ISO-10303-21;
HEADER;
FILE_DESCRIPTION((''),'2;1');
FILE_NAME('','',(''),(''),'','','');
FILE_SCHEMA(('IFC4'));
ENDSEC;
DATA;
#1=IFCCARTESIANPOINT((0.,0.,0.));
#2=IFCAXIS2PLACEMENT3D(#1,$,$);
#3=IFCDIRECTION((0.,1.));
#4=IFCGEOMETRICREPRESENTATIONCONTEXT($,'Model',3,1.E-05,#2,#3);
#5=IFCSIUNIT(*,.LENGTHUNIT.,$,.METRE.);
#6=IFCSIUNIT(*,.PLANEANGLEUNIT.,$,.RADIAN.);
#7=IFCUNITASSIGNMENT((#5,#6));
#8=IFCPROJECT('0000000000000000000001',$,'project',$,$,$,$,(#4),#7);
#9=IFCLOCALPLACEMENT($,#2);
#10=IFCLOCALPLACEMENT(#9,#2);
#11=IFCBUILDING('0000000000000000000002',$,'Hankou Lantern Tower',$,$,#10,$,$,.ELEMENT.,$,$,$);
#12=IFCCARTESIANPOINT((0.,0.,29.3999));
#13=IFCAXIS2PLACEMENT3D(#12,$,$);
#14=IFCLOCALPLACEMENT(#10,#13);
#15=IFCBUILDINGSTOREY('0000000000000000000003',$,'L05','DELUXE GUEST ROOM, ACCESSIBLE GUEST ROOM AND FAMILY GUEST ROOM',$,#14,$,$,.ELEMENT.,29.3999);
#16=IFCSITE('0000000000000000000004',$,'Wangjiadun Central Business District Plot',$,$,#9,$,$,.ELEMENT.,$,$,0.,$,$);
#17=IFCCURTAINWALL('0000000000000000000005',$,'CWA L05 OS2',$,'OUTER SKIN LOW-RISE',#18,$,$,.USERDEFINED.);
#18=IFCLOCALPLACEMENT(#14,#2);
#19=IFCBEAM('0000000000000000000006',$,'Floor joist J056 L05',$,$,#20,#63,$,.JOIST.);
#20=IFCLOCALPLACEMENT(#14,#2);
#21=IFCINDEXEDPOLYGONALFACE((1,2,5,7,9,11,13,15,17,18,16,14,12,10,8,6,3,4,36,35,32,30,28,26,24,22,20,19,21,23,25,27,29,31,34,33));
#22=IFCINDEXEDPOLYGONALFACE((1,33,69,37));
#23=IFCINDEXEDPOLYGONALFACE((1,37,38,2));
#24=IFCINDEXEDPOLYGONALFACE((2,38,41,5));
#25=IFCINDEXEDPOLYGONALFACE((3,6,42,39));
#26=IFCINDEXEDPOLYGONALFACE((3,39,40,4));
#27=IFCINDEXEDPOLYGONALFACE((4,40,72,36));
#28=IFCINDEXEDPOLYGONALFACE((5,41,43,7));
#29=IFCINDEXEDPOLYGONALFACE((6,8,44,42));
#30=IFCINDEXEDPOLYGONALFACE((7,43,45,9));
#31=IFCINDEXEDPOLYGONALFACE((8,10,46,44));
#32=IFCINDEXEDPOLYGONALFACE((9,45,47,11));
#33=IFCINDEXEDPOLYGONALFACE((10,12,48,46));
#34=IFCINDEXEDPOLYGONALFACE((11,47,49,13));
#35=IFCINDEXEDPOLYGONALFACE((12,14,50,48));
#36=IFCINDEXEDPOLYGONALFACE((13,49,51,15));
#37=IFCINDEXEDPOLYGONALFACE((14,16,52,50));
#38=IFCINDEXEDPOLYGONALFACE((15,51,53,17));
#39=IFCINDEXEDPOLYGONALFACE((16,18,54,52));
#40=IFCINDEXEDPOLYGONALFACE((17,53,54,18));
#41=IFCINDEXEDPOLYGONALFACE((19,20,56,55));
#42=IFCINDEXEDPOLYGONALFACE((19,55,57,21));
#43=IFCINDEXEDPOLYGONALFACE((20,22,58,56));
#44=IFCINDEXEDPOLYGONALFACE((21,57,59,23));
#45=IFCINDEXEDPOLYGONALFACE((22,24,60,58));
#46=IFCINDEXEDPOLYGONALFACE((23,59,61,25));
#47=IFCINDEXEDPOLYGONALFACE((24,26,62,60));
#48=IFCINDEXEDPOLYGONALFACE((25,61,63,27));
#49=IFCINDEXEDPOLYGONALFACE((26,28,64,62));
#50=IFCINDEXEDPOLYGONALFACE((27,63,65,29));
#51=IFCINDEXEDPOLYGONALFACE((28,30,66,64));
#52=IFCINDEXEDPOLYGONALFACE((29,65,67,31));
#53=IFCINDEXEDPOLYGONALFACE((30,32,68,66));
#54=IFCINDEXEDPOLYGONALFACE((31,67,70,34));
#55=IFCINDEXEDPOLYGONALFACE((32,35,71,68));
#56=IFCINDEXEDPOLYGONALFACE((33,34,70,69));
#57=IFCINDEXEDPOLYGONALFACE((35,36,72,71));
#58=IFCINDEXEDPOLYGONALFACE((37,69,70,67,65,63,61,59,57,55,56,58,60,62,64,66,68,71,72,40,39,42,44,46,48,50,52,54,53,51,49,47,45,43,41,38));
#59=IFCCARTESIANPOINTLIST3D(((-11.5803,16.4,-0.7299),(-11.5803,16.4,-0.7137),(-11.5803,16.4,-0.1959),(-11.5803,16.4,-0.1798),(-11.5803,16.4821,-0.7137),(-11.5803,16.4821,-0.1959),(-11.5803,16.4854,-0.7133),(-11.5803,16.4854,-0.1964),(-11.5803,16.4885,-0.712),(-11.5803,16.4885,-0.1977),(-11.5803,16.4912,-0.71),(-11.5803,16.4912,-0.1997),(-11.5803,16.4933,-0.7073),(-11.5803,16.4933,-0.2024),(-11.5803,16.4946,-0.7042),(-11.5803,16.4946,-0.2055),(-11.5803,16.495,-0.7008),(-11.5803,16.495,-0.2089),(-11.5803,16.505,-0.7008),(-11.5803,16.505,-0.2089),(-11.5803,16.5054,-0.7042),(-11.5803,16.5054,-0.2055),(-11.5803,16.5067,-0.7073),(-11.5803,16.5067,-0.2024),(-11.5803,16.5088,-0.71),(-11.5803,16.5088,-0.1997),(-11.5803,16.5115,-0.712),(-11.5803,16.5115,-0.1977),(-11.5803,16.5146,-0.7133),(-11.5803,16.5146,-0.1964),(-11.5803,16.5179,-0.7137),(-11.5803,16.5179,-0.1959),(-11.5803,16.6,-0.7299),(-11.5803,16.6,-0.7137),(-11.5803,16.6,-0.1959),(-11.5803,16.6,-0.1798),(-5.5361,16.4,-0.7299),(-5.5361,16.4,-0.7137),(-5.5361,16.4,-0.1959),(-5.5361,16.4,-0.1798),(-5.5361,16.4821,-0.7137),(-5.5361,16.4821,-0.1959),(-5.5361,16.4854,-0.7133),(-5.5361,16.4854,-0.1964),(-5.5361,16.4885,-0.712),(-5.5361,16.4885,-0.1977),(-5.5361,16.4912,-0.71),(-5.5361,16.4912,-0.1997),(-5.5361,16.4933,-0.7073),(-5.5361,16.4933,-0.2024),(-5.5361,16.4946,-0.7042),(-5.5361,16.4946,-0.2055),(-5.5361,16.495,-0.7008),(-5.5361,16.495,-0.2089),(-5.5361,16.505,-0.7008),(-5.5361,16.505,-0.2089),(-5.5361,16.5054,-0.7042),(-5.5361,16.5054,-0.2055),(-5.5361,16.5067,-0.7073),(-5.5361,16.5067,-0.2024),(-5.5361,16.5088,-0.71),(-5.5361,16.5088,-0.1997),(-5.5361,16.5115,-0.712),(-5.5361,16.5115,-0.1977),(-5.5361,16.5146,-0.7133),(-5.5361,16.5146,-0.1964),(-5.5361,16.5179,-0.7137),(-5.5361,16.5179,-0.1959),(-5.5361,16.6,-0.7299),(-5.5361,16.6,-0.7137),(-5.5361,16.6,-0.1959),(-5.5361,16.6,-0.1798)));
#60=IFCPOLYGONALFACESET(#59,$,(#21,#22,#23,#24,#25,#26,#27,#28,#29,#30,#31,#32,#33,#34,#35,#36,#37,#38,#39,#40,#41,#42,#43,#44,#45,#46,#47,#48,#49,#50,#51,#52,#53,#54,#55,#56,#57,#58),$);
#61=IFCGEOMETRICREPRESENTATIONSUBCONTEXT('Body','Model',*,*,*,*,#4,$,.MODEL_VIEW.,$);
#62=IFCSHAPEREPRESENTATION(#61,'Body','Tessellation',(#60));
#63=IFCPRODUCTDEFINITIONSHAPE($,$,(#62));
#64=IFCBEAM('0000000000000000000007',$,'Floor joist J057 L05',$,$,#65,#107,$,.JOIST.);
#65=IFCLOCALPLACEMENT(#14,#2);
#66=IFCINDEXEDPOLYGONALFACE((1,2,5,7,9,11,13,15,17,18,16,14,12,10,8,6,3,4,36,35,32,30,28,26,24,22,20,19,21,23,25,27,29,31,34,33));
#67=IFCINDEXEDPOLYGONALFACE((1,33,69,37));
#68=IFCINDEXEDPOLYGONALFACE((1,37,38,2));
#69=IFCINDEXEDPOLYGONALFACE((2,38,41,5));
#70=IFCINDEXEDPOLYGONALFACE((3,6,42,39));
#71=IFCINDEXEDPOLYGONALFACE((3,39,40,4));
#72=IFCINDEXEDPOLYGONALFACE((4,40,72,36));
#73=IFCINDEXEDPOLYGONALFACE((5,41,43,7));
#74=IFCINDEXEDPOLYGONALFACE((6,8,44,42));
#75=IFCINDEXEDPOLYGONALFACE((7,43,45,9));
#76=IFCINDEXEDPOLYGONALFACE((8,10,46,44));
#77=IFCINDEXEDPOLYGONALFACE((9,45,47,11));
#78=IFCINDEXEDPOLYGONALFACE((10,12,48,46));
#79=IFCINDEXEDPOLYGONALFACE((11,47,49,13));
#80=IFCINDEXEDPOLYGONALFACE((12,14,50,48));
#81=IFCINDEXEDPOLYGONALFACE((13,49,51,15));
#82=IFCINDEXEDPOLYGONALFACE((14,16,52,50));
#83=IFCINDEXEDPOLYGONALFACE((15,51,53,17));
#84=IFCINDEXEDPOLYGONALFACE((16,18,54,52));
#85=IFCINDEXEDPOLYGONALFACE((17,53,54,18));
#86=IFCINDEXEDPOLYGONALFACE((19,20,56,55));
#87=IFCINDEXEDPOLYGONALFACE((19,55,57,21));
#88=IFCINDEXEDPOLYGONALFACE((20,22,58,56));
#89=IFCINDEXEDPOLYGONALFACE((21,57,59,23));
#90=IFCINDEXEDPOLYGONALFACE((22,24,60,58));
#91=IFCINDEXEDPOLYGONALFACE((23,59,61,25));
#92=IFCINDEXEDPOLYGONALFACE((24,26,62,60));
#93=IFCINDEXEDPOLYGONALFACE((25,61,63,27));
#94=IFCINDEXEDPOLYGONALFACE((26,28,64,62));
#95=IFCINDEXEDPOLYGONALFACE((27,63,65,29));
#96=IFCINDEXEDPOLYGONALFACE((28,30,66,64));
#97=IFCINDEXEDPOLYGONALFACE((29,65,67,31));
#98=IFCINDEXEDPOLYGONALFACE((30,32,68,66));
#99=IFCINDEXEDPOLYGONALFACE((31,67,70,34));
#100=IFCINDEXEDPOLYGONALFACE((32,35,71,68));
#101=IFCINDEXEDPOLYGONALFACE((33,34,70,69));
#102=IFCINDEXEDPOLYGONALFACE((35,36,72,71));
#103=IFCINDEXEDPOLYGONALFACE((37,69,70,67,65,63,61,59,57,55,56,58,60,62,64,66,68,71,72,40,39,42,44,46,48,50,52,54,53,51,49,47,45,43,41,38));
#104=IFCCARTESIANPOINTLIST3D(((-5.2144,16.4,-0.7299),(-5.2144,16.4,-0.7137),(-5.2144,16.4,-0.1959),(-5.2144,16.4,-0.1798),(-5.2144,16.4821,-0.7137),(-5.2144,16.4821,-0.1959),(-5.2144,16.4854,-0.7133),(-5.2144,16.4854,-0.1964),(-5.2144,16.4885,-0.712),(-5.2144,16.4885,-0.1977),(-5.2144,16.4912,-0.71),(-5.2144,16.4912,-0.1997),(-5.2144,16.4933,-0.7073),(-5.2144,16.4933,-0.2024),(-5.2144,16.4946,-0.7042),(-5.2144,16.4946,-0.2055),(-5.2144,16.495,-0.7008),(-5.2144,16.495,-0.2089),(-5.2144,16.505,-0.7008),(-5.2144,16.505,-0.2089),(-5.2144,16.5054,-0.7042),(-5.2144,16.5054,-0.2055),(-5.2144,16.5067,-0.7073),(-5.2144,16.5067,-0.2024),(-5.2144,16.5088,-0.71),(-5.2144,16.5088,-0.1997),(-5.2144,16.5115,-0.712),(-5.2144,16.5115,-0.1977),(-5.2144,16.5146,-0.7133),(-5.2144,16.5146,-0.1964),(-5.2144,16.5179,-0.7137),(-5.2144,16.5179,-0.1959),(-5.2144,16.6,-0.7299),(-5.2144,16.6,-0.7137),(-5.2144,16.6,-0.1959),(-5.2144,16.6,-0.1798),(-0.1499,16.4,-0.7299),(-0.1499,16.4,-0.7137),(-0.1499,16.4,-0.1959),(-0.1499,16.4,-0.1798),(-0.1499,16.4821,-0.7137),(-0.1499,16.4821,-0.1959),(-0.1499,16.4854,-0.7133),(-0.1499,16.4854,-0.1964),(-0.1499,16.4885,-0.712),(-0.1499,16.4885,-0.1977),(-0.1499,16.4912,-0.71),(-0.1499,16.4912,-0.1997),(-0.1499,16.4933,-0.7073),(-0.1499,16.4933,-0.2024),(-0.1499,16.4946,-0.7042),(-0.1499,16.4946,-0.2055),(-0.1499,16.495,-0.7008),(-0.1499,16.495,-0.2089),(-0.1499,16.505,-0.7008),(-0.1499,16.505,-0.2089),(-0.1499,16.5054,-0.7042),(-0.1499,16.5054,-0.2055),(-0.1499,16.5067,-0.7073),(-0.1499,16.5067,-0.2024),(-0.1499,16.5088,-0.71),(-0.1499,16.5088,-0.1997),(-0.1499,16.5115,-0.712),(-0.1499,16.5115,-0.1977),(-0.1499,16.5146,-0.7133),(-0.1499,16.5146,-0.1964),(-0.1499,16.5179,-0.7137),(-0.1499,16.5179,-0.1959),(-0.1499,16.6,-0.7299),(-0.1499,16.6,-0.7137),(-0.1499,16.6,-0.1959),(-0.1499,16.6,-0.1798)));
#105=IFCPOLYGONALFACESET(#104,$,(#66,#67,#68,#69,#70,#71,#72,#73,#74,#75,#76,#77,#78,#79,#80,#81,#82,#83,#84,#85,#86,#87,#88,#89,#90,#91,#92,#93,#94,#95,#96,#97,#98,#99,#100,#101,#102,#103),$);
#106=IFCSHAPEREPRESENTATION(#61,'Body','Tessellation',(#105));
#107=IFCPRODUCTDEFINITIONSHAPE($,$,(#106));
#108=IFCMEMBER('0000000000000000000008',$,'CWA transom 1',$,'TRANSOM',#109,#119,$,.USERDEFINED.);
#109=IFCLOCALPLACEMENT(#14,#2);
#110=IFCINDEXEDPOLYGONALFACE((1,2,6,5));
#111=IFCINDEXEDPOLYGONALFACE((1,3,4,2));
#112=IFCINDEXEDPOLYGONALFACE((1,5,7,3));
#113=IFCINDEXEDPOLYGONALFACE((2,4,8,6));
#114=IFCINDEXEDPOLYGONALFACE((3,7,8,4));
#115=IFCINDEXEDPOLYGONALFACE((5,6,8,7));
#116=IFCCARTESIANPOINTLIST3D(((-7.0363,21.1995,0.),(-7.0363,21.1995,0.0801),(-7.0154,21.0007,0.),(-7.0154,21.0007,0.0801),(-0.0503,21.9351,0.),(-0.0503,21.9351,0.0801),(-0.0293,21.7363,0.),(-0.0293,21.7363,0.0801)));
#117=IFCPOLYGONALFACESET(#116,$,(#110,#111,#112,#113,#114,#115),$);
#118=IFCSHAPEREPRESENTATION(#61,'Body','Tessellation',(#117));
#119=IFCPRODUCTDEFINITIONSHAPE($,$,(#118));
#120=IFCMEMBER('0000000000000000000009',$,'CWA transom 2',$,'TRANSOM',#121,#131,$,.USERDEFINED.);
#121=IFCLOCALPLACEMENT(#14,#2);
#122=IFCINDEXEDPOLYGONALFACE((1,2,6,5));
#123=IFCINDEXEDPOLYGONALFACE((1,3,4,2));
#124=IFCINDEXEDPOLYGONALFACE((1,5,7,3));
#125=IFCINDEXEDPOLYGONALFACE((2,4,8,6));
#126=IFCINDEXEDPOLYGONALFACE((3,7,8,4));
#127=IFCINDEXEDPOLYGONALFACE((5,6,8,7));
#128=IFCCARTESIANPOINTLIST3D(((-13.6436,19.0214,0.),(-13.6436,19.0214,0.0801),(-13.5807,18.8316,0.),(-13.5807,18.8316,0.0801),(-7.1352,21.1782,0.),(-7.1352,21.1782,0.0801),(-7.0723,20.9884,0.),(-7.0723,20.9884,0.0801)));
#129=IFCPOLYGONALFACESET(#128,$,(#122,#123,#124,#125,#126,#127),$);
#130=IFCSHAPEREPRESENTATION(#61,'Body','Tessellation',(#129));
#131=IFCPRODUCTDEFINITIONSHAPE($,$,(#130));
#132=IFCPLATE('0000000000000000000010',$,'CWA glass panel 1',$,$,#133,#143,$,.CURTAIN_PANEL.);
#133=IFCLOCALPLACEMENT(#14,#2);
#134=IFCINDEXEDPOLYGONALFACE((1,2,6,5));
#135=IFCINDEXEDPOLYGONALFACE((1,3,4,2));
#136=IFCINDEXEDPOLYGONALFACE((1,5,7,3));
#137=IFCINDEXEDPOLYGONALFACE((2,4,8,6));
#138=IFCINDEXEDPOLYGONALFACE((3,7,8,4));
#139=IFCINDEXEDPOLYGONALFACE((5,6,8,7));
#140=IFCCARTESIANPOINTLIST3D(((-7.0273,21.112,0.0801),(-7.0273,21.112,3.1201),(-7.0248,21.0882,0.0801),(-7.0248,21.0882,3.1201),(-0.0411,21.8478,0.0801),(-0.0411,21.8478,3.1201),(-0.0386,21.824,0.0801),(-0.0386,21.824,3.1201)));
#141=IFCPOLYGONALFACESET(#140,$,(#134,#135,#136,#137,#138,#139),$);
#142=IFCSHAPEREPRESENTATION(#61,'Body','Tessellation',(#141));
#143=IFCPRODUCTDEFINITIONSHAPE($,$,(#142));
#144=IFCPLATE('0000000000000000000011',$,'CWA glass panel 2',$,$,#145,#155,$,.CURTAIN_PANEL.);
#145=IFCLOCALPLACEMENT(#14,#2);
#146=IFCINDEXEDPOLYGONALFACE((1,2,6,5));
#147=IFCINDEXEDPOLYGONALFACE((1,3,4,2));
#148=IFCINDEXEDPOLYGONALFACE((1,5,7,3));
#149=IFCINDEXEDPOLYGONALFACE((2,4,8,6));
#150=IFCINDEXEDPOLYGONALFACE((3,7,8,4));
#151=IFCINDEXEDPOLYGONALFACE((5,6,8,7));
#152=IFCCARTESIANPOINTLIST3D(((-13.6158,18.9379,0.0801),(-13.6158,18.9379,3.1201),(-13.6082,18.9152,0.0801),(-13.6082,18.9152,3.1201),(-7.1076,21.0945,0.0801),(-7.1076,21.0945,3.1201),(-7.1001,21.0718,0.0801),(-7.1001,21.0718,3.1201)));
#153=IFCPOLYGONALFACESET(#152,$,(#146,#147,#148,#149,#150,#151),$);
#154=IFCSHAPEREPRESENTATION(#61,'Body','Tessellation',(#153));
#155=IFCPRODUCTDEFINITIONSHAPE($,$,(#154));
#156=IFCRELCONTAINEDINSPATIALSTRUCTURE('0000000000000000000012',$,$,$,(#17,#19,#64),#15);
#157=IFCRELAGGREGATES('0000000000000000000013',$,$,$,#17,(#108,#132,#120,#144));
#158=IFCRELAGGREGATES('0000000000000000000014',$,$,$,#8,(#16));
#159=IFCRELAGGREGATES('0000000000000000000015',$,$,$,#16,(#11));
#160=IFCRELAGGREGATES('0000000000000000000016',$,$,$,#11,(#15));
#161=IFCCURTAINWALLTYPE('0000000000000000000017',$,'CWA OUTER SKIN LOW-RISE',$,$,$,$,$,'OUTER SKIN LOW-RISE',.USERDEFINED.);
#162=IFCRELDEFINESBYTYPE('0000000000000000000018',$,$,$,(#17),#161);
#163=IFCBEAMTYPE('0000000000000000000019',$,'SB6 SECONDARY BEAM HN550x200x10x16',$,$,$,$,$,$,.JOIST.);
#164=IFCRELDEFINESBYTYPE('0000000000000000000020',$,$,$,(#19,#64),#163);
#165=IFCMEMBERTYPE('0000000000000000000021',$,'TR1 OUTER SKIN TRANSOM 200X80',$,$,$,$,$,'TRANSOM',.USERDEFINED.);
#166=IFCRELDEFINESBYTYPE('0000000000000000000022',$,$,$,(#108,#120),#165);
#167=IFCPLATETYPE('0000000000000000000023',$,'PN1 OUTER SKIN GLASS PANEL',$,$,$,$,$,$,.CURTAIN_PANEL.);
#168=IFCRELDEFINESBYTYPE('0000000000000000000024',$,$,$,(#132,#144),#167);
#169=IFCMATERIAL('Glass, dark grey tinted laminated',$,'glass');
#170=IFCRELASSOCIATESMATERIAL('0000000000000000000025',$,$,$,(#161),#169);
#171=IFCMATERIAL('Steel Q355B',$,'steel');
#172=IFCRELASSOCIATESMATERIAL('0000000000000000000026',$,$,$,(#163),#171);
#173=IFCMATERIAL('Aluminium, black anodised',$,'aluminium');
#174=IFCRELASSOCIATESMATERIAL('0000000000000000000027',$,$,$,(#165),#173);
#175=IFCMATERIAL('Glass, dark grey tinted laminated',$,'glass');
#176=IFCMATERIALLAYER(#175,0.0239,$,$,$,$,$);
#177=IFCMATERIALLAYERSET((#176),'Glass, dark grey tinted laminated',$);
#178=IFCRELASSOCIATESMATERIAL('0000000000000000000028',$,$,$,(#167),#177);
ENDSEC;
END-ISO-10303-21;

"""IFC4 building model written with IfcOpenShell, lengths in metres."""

from ifc_helpers import new_model, si_unit, direction, frame, origin, origin_2d, place, context, subcontext, project, spatial, rectangle, i_section, extrude, material, layer, layer_set, material_profile, profile_set, type_object, element, aggregate, save


model = new_model("IFC4")

# Units and contexts
model_context = context("Model", 3, precision=1e-05, world=origin(), true_north=direction((0.0, 1.0)))
body_context = subcontext(model_context, "Body", "Model", "MODEL_VIEW")
ifc_project = project(units=[si_unit("LENGTHUNIT", "METRE"), si_unit("PLANEANGLEUNIT", "RADIAN")], contexts=[model_context])

# Site, building, storey
site_placement = place(None, origin())
site = spatial("IfcSite", under=ifc_project, at=site_placement, Name="Wangjiadun Central Business District Plot", CompositionType="ELEMENT", RefElevation=0.0)
building_placement = place(site_placement, origin())
building = spatial("IfcBuilding", under=site, at=building_placement, Name="Hankou Lantern Tower", CompositionType="ELEMENT")
storey_placement = place(building_placement, frame((0.0, 0.0, 29.3999)))
storey = spatial("IfcBuildingStorey", under=building, at=storey_placement, Name="L05", Description="DELUXE GUEST ROOM, ACCESSIBLE GUEST ROOM AND FAMILY GUEST ROOM", CompositionType="ELEMENT", Elevation=29.3999)

# Curtain wall
ifc_material_1 = material(Name="Glass, dark grey tinted laminated", Category="glass")
curtain_wall_type = type_object("IfcCurtainWallType", Name="CWA OUTER SKIN LOW-RISE", ElementType="OUTER SKIN LOW-RISE", PredefinedType="USERDEFINED", material=ifc_material_1)
curtain_wall_placement = place(storey_placement, origin())
curtain_wall = element("IfcCurtainWall", 1, at=curtain_wall_placement, inside=storey, type_object=curtain_wall_type, Name="CWA L05 OS2", ObjectType="OUTER SKIN LOW-RISE", PredefinedType="USERDEFINED")

# Beams
ifc_material_2 = material(Name="Steel Q355B", Category="steel")
ifc_material_profile_1 = material_profile(ifc_material_2, i_section(OverallWidth=0.2, OverallDepth=0.55, WebThickness=0.01, FlangeThickness=0.0161, FilletRadius=0.0129, at=origin_2d()), Name="HN550x200x10x16")
ifc_profile_set_1 = profile_set([ifc_material_profile_1], Name="Steel Q355B")
beam_type_1 = type_object("IfcBeamType", Name="SB6 SECONDARY BEAM HN550x200x10x16", PredefinedType="JOIST", material=ifc_profile_set_1)
beam_1_placement = place(storey_placement, frame((-11.5803, 16.5, -0.4548), z_axis=(1.0, 0.0, 0.0), x_axis=(0.0, 1.0, 0.0)))
element("IfcBeam", 2, at=beam_1_placement, inside=storey, type_object=beam_type_1, Name="Floor joist J056 L05", PredefinedType="JOIST", context=body_context, shape_type="SweptSolid", body=[
    extrude(i_section(OverallWidth=0.2, OverallDepth=0.55, WebThickness=0.01, FlangeThickness=0.0161, FilletRadius=0.0129, at=origin_2d()), origin(), (0.0, 0.0, 1.0), 6.0442),
])
beam_2_placement = place(storey_placement, frame((-5.2144, 16.5, -0.4548), z_axis=(1.0, 0.0, 0.0), x_axis=(0.0, 1.0, 0.0)))
element("IfcBeam", 3, at=beam_2_placement, inside=storey, type_object=beam_type_1, Name="Floor joist J057 L05", PredefinedType="JOIST", context=body_context, shape_type="SweptSolid", body=[
    extrude(i_section(OverallWidth=0.2, OverallDepth=0.55, WebThickness=0.01, FlangeThickness=0.0161, FilletRadius=0.0129, at=origin_2d()), origin(), (0.0, 0.0, 1.0), 5.0645),
])

# Members
ifc_material_3 = material(Name="Aluminium, black anodised", Category="aluminium")
ifc_material_profile_2 = material_profile(ifc_material_3, rectangle(XDim=0.2, YDim=0.0801, at=origin_2d()), Name="TR1 200X80")
ifc_profile_set_2 = profile_set([ifc_material_profile_2], Name="Aluminium, black anodised")
member_type_1 = type_object("IfcMemberType", Name="TR1 OUTER SKIN TRANSOM 200X80", ElementType="TRANSOM", PredefinedType="USERDEFINED", material=ifc_profile_set_2)
member_1_placement = place(storey_placement, frame((-0.0398, 21.8357, 0.04), z_axis=(-0.994502, -0.104716, 0.0), x_axis=(0.104716, -0.994502, 0.0)))
member_1 = element("IfcMember", 4, at=member_1_placement, type_object=member_type_1, Name="CWA transom 1", ObjectType="TRANSOM", PredefinedType="USERDEFINED", context=body_context, shape_type="SweptSolid", body=[
    extrude(rectangle(XDim=0.2, YDim=0.0801, at=origin_2d()), origin(), (0.0, 0.0, 1.0), 7.0247),
])
member_2_placement = place(storey_placement, frame((-7.1038, 21.0833, 0.04), z_axis=(-0.949237, -0.314561, 0.0), x_axis=(0.314561, -0.949237, 0.0)))
member_2 = element("IfcMember", 5, at=member_2_placement, type_object=member_type_1, Name="CWA transom 2", ObjectType="TRANSOM", PredefinedType="USERDEFINED", context=body_context, shape_type="SweptSolid", body=[
    extrude(rectangle(XDim=0.2, YDim=0.0801, at=origin_2d()), origin(), (0.0, 0.0, 1.0), 6.8564),
])

# Plates
ifc_material_4 = material(Name="Glass, dark grey tinted laminated", Category="glass")
ifc_layer_1 = layer(ifc_material_4, 0.0239)
ifc_layer_set_1 = layer_set([ifc_layer_1], Name="Glass, dark grey tinted laminated")
plate_type = type_object("IfcPlateType", Name="PN1 OUTER SKIN GLASS PANEL", PredefinedType="CURTAIN_PANEL", material=ifc_layer_set_1)
plate_1_placement = place(storey_placement, frame((-3.533, 21.468, 0.0801), z_axis=(0.0, 0.0, 1.0), x_axis=(-0.994499, -0.104743, 0.0)))
plate_1 = element("IfcPlate", 6, at=plate_1_placement, type_object=plate_type, Name="CWA glass panel 1", PredefinedType="CURTAIN_PANEL", context=body_context, shape_type="SweptSolid", body=[
    extrude(rectangle(XDim=7.0249, YDim=0.0239, at=origin_2d()), origin(), (0.0, 0.0, 1.0), 3.04),
])
plate_2_placement = place(storey_placement, frame((-10.3579, 20.0049, 0.0801), z_axis=(0.0, 0.0, 1.0), x_axis=(-0.949241, -0.314551, 0.0)))
plate_2 = element("IfcPlate", 7, at=plate_2_placement, type_object=plate_type, Name="CWA glass panel 2", PredefinedType="CURTAIN_PANEL", context=body_context, shape_type="SweptSolid", body=[
    extrude(rectangle(XDim=6.8562, YDim=0.0239, at=origin_2d()), origin(), (0.0, 0.0, 1.0), 3.04),
])
aggregate(curtain_wall, [member_1, plate_1, member_2, plate_2])

save(model, "model.ifc")
